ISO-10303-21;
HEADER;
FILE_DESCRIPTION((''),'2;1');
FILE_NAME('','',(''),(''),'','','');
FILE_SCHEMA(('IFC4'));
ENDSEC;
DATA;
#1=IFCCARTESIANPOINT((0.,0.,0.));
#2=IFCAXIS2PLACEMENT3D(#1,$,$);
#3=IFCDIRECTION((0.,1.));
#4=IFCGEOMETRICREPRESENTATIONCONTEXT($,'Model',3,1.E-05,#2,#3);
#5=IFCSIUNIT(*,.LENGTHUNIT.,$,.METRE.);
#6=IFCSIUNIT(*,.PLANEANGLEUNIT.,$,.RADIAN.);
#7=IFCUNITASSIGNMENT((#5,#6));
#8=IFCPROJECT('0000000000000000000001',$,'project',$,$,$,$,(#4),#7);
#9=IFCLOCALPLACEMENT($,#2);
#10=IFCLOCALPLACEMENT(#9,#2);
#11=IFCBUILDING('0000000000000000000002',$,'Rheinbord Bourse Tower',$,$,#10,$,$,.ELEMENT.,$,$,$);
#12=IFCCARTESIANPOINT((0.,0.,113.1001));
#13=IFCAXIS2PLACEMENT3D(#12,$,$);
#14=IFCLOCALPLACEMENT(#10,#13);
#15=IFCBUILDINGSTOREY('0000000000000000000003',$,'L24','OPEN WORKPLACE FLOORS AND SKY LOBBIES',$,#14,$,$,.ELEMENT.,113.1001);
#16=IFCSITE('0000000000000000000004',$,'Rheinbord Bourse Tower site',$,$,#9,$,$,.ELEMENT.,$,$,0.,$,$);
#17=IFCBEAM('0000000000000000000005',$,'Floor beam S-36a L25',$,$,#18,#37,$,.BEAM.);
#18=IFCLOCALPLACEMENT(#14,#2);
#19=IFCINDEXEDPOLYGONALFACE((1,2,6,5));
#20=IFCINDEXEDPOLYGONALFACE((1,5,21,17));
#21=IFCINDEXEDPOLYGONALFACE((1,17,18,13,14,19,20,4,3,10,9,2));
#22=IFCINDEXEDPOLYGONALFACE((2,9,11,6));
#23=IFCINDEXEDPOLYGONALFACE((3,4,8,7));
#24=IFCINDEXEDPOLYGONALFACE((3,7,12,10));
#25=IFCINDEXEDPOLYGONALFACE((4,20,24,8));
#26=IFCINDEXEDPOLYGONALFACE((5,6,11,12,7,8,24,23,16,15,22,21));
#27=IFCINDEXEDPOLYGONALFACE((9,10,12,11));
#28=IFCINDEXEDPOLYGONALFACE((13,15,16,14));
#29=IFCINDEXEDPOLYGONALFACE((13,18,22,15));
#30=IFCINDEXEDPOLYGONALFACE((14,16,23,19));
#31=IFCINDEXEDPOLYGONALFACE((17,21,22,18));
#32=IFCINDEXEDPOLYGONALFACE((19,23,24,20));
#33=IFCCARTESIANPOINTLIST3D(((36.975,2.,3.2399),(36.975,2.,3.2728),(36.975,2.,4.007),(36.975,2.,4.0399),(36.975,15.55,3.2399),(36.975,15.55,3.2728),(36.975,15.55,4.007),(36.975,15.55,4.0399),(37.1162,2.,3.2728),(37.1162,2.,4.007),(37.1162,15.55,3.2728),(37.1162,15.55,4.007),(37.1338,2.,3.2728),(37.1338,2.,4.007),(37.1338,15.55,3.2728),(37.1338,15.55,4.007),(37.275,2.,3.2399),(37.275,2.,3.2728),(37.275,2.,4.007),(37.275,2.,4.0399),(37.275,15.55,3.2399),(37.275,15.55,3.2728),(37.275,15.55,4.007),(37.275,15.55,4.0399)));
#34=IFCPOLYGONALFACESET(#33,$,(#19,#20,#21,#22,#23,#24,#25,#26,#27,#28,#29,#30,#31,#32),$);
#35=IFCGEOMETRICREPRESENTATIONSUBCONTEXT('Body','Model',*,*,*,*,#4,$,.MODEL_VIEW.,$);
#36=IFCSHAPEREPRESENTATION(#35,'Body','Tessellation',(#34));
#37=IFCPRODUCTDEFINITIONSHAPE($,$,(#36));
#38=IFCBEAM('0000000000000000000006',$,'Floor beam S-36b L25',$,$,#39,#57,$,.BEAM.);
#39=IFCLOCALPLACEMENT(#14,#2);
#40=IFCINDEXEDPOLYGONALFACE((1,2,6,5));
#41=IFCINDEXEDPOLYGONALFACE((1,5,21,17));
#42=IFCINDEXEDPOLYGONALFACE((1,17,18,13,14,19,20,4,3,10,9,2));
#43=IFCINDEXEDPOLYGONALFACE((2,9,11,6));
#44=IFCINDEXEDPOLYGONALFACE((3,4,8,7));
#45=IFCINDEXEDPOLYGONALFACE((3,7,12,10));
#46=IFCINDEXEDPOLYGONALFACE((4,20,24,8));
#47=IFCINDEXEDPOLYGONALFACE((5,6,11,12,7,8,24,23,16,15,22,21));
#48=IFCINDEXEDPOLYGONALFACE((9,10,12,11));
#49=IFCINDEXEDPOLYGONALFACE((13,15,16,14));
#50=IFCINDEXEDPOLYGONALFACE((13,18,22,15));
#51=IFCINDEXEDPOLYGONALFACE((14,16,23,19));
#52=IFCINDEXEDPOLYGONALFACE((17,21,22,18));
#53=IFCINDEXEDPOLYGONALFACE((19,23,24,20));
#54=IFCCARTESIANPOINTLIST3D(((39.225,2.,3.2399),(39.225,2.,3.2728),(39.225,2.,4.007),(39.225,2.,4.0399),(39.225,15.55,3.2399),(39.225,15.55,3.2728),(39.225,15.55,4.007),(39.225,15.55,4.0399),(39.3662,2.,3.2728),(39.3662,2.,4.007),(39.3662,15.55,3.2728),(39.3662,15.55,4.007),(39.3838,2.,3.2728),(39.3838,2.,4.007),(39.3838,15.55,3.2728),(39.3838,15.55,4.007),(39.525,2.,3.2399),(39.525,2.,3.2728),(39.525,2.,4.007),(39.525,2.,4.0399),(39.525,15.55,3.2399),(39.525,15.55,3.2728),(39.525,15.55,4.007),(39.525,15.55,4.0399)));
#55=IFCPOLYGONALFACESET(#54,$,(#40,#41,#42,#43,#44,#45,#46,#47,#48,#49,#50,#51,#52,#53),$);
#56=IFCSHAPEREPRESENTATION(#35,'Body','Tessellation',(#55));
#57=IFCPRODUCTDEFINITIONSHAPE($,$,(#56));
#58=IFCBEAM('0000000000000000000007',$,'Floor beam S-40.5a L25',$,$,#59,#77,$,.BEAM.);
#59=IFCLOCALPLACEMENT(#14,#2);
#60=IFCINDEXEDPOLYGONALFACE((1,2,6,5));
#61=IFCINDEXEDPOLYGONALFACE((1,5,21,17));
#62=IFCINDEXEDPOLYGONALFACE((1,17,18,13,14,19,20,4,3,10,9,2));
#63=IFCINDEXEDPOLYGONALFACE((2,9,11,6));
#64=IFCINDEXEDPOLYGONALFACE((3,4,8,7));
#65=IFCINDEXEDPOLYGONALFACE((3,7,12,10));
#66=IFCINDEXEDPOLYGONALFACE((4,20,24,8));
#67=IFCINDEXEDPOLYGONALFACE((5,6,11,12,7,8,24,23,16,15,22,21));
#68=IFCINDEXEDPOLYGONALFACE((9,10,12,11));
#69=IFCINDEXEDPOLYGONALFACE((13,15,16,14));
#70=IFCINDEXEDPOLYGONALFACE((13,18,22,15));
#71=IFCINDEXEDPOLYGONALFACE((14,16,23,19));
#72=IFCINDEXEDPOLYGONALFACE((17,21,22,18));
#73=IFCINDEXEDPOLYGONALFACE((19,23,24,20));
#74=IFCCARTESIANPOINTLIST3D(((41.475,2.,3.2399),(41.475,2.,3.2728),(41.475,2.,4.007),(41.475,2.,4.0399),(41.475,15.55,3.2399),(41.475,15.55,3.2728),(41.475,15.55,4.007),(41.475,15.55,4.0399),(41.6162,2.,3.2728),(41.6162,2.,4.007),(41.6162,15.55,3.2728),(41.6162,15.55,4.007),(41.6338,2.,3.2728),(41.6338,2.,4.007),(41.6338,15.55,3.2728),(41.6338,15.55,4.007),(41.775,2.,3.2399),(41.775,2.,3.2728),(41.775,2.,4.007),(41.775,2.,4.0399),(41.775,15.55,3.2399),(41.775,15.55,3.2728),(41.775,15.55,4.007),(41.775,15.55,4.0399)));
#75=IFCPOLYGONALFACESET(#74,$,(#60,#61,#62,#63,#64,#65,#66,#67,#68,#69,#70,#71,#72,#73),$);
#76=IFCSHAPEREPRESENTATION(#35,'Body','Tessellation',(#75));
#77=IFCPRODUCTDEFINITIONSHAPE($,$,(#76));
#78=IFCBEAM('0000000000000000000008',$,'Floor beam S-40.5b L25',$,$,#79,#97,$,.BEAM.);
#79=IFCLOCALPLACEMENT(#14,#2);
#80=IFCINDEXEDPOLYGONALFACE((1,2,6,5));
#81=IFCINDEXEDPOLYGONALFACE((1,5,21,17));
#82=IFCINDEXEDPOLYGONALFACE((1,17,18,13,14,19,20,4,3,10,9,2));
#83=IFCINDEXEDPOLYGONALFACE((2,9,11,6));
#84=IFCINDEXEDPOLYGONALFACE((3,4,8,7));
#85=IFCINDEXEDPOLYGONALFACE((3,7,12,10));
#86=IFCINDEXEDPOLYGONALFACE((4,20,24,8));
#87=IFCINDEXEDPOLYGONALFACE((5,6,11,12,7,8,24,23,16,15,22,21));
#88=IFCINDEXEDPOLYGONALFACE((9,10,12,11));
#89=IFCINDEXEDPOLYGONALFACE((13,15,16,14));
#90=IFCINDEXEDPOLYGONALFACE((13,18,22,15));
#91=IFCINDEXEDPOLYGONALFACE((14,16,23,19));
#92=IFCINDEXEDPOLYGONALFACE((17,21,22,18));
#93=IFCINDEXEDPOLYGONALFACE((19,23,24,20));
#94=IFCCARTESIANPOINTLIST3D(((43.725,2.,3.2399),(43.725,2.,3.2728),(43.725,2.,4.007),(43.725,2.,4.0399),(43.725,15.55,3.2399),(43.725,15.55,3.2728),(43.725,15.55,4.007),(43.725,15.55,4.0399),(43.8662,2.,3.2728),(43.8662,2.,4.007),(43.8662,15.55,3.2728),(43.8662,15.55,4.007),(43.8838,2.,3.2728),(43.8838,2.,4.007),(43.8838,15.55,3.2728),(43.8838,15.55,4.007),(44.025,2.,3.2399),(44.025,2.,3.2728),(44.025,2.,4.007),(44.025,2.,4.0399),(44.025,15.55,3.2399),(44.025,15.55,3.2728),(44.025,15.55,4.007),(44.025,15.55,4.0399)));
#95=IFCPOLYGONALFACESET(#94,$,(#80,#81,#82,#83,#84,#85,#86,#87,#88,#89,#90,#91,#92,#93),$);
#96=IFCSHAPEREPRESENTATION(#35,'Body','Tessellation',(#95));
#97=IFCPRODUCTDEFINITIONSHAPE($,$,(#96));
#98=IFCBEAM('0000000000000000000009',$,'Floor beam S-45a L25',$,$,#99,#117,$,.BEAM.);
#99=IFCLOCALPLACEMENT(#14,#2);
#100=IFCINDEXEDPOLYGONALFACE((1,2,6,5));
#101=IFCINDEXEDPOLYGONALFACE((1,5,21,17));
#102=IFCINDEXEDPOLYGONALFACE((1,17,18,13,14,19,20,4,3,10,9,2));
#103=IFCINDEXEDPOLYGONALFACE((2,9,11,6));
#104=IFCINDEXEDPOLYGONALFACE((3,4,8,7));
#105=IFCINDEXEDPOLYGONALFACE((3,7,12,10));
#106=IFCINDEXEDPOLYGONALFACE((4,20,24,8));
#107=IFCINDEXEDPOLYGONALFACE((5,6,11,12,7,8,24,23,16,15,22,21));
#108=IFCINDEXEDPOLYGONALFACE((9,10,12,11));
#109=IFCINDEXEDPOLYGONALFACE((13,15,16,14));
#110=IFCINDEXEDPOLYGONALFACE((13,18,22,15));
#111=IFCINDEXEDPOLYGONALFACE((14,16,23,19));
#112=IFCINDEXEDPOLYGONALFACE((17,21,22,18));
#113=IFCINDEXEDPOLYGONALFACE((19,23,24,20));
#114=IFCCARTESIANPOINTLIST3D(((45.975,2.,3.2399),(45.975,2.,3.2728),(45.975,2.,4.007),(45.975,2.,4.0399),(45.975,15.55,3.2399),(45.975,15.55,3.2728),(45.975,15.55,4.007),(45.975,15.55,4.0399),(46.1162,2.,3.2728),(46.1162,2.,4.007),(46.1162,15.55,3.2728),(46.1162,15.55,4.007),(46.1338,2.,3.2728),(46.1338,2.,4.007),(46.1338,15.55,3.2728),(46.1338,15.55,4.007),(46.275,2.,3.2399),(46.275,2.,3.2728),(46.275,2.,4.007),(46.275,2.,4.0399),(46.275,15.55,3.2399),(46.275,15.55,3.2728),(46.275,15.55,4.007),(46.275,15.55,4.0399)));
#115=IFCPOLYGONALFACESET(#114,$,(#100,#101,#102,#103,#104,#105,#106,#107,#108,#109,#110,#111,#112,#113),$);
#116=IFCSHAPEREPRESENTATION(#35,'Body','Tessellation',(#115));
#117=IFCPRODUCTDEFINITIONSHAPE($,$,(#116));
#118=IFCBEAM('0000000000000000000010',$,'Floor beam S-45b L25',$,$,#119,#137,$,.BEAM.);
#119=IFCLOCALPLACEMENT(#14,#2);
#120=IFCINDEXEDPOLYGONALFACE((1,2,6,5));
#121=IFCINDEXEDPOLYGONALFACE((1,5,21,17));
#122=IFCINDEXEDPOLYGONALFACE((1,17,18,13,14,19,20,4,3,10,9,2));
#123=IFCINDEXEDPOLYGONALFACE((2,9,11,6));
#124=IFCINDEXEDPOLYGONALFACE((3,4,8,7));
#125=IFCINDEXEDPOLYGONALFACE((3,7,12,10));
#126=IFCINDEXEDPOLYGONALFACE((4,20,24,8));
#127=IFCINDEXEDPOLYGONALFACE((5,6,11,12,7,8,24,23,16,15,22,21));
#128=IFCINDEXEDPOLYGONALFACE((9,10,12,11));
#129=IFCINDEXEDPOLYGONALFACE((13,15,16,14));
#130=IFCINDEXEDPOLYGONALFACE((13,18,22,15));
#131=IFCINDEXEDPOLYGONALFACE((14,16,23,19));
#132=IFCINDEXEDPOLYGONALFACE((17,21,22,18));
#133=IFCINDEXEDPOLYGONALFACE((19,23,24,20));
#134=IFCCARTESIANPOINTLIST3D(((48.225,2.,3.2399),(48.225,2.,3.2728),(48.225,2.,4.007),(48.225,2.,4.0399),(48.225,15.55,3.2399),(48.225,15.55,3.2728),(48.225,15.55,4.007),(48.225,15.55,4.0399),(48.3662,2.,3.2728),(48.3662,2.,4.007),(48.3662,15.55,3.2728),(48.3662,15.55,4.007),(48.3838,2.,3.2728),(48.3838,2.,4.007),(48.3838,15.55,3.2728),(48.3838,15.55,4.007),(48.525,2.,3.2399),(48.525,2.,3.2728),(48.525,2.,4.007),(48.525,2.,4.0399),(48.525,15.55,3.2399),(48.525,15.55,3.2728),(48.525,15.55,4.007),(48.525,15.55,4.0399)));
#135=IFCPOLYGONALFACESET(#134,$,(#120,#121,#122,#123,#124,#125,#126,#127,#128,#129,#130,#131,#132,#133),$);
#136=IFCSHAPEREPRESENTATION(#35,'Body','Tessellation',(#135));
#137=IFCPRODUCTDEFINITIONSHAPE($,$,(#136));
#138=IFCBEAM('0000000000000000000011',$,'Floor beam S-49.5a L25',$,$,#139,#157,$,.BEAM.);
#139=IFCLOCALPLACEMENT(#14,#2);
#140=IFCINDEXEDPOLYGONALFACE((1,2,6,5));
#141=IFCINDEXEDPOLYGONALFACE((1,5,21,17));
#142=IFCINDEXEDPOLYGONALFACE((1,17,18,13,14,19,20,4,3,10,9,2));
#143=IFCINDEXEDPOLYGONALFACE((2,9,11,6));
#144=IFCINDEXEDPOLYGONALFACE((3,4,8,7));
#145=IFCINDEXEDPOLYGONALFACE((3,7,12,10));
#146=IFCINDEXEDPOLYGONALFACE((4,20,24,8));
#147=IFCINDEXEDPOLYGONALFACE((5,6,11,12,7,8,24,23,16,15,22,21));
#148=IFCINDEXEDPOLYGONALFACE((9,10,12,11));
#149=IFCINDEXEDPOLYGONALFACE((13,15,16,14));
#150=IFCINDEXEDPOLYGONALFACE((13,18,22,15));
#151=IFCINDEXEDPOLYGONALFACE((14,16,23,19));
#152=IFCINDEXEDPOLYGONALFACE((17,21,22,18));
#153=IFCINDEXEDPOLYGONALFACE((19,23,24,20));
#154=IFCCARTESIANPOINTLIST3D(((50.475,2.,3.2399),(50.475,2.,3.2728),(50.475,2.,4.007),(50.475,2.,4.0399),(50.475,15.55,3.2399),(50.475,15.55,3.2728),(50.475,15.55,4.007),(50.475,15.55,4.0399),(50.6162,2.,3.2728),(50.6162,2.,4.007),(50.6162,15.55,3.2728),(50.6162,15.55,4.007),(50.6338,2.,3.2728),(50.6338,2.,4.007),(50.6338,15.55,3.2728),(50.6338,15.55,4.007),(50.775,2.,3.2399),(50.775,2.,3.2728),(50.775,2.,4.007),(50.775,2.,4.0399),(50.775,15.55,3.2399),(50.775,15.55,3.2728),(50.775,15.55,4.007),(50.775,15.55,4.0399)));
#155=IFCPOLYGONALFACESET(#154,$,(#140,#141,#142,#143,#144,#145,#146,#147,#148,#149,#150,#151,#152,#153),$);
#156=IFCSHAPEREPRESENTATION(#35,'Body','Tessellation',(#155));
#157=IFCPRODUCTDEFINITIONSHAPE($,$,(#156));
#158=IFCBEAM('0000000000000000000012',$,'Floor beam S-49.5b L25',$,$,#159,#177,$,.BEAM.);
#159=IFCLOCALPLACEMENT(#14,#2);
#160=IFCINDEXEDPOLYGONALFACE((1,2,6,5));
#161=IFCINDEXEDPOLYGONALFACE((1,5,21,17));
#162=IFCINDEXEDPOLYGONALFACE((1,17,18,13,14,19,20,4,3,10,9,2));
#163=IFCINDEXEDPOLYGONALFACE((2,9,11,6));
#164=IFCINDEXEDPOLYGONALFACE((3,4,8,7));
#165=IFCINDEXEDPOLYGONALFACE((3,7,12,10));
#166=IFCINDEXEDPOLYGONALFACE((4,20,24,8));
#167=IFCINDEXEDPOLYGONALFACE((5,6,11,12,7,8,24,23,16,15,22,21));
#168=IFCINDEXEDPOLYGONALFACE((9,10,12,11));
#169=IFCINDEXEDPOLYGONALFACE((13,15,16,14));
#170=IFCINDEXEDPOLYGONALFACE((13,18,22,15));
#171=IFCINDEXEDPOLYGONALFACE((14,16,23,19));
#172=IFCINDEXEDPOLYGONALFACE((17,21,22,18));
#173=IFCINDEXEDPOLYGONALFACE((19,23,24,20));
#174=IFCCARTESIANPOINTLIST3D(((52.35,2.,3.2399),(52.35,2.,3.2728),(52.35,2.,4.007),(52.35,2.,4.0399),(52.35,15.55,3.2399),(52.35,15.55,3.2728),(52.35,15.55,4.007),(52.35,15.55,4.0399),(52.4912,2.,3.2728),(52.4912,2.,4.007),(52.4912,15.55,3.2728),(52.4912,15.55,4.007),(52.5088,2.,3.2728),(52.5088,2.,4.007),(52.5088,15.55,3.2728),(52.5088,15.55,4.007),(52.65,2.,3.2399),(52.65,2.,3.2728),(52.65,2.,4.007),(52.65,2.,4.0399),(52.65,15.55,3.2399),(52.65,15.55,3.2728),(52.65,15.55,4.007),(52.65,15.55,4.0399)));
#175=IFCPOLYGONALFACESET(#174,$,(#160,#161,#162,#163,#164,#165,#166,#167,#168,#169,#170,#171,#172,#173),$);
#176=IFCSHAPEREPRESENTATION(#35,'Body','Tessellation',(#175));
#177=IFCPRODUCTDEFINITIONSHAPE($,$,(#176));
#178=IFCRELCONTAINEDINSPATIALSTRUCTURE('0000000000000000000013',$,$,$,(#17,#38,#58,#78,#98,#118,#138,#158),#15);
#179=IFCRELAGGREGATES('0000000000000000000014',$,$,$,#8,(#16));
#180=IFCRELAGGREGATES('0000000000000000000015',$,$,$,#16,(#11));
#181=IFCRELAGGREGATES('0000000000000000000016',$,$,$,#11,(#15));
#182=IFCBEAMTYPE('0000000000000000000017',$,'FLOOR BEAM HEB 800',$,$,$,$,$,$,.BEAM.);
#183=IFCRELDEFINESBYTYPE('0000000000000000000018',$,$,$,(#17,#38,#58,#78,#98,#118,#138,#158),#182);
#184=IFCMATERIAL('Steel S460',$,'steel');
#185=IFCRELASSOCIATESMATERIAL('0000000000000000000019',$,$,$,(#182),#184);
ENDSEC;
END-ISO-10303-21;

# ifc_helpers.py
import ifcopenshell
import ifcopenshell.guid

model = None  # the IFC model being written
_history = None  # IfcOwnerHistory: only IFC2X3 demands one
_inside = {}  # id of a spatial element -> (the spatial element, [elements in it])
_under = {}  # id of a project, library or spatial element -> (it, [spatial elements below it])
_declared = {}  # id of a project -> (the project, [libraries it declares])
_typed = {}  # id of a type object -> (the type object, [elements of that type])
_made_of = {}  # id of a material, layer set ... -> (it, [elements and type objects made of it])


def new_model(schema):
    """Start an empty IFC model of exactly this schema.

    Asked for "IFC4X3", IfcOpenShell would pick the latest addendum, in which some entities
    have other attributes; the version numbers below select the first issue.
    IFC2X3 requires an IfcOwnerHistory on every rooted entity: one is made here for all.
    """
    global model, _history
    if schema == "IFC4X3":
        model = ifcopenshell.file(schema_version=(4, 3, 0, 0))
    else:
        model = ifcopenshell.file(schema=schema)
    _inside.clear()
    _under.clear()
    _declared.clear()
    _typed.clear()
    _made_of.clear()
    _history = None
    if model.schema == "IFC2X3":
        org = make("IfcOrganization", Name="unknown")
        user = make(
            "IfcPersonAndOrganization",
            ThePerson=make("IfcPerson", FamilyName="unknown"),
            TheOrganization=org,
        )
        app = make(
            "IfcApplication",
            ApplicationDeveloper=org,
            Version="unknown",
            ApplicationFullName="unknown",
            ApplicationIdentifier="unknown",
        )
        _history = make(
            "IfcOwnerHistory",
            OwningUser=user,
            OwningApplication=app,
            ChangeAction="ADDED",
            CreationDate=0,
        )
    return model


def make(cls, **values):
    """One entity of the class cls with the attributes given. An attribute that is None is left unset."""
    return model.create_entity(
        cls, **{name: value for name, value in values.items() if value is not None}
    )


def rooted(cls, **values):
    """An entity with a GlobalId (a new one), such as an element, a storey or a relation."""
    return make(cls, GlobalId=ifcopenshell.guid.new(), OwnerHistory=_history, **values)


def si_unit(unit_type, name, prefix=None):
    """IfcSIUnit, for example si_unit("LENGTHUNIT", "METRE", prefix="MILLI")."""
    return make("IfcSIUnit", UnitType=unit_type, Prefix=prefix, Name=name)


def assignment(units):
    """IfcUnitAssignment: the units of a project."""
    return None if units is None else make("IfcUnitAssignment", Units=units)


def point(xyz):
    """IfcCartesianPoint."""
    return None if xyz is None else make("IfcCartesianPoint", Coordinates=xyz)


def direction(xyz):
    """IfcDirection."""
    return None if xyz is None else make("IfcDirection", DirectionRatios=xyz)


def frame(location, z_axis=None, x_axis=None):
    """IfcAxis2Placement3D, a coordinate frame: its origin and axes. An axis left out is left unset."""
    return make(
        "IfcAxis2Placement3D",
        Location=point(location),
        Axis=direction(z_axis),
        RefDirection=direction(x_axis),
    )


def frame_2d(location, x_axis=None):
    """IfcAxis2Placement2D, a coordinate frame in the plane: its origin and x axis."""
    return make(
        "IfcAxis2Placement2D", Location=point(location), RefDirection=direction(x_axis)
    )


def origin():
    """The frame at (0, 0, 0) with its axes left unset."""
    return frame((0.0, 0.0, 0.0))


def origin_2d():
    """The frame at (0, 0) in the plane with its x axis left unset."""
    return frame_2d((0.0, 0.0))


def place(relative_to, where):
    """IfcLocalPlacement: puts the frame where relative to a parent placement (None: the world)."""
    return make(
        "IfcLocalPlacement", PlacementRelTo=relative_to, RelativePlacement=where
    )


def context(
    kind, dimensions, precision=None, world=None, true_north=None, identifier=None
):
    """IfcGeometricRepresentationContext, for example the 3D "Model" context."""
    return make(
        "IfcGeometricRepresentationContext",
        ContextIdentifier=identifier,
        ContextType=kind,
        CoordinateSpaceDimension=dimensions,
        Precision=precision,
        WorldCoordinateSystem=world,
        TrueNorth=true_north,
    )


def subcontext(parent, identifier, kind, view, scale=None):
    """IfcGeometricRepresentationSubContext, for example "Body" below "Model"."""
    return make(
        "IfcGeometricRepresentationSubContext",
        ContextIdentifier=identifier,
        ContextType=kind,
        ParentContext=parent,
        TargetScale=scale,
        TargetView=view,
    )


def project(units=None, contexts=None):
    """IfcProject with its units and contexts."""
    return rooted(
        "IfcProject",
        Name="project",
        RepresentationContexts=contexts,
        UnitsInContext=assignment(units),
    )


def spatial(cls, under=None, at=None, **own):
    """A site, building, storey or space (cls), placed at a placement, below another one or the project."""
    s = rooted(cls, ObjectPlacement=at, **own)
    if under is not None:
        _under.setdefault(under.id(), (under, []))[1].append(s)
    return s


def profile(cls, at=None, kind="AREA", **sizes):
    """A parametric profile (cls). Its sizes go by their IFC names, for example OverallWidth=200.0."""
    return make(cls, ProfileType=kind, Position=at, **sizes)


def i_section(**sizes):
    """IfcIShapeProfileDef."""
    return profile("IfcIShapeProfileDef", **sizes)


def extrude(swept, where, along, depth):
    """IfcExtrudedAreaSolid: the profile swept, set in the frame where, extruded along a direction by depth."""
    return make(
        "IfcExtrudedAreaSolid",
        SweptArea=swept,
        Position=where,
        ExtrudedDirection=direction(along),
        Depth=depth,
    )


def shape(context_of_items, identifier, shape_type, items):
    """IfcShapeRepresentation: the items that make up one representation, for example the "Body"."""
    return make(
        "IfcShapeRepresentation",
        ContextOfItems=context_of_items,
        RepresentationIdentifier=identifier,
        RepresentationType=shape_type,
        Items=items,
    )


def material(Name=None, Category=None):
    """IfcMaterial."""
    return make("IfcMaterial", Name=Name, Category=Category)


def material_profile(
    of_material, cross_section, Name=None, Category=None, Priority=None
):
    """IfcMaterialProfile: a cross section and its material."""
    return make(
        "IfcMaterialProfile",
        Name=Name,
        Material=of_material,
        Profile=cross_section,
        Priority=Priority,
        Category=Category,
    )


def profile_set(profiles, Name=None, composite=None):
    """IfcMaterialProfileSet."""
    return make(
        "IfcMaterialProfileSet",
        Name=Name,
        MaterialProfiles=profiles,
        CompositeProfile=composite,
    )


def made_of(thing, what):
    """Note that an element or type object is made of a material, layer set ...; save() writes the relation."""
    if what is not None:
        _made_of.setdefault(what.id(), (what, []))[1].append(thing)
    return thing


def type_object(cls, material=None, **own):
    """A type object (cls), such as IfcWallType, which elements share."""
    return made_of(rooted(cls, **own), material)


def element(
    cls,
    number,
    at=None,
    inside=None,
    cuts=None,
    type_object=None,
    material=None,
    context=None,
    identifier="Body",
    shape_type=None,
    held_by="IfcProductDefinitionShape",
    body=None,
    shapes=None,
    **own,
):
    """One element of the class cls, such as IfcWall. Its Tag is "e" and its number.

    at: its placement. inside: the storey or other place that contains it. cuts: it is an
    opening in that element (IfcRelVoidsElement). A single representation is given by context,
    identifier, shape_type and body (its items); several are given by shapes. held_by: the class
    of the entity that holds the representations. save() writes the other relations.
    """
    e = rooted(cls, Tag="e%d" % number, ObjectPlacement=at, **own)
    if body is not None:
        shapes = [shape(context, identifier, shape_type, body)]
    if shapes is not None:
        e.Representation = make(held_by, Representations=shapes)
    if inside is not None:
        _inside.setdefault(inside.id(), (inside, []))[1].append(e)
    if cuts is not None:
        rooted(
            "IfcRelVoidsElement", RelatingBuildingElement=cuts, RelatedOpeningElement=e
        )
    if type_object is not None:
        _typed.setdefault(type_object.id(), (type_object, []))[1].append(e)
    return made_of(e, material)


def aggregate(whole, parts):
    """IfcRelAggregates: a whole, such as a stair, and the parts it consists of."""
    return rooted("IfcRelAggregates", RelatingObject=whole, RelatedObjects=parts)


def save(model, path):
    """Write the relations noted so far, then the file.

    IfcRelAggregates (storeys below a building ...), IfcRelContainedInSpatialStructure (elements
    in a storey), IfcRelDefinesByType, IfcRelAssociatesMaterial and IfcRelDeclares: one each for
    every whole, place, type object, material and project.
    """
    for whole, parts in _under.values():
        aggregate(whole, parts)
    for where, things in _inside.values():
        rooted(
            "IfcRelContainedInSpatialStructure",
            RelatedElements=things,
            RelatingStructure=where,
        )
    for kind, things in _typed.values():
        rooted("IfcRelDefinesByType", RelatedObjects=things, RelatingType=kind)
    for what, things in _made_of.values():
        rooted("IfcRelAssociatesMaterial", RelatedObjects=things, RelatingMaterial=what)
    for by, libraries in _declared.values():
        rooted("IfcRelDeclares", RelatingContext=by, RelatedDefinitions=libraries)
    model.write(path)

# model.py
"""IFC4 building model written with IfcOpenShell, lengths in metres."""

from ifc_helpers import new_model, si_unit, direction, frame, origin, origin_2d, place, context, subcontext, project, spatial, i_section, extrude, material, material_profile, profile_set, type_object, element, save


model = new_model("IFC4")

# Units and contexts
model_context = context("Model", 3, precision=1e-05, world=origin(), true_north=direction((0.0, 1.0)))
body_context = subcontext(model_context, "Body", "Model", "MODEL_VIEW")
ifc_project = project(units=[si_unit("LENGTHUNIT", "METRE"), si_unit("PLANEANGLEUNIT", "RADIAN")], contexts=[model_context])

# Site, building, storey
site_placement = place(None, origin())
site = spatial("IfcSite", under=ifc_project, at=site_placement, Name="Rheinbord Bourse Tower site", CompositionType="ELEMENT", RefElevation=0.0)
building_placement = place(site_placement, origin())
building = spatial("IfcBuilding", under=site, at=building_placement, Name="Rheinbord Bourse Tower", CompositionType="ELEMENT")
storey_placement = place(building_placement, frame((0.0, 0.0, 113.1001)))
storey = spatial("IfcBuildingStorey", under=building, at=storey_placement, Name="L24", Description="OPEN WORKPLACE FLOORS AND SKY LOBBIES", CompositionType="ELEMENT", Elevation=113.1001)

# Beams
ifc_material_1 = material(Name="Steel S460", Category="steel")
ifc_material_profile_1 = material_profile(ifc_material_1, i_section(OverallWidth=0.3, OverallDepth=0.8, WebThickness=0.0176, FlangeThickness=0.033, at=origin_2d()), Name="HEB 800")
ifc_profile_set_1 = profile_set([ifc_material_profile_1], Name="Steel S460")
beam_type_1 = type_object("IfcBeamType", Name="FLOOR BEAM HEB 800", PredefinedType="BEAM", material=ifc_profile_set_1)
for number, where, z_axis, x_axis, name in (
    (1, (37.125, 2.0, 3.6399), (0.0, 1.0, 0.0), (-1.0, 0.0, 0.0), "Floor beam S-36a L25"),
    (2, (39.375, 2.0, 3.6399), (0.0, 1.0, 0.0), (-1.0, 0.0, 0.0), "Floor beam S-36b L25"),
    (3, (41.625, 2.0, 3.6399), (0.0, 1.0, 0.0), (-1.0, 0.0, 0.0), "Floor beam S-40.5a L25"),
    (4, (43.875, 2.0, 3.6399), (0.0, 1.0, 0.0), (-1.0, 0.0, 0.0), "Floor beam S-40.5b L25"),
    (5, (46.125, 2.0, 3.6399), (0.0, 1.0, 0.0), (-1.0, 0.0, 0.0), "Floor beam S-45a L25"),
    (6, (48.375, 2.0, 3.6399), (0.0, 1.0, 0.0), (-1.0, 0.0, 0.0), "Floor beam S-45b L25"),
    (7, (50.625, 2.0, 3.6399), (0.0, 1.0, 0.0), (-1.0, 0.0, 0.0), "Floor beam S-49.5a L25"),
    (8, (52.5, 2.0, 3.6399), (0.0, 1.0, 0.0), (-1.0, 0.0, 0.0), "Floor beam S-49.5b L25"),
):
    element("IfcBeam", number, at=place(storey_placement, frame(where, z_axis=z_axis, x_axis=x_axis)), inside=storey, type_object=beam_type_1, Name=name, PredefinedType="BEAM", context=body_context, shape_type="SweptSolid", body=[
        extrude(i_section(OverallWidth=0.3, OverallDepth=0.8, WebThickness=0.0176, FlangeThickness=0.033, at=origin_2d()), origin(), (0.0, 0.0, 1.0), 13.55),
    ])

save(model, "model.ifc")
